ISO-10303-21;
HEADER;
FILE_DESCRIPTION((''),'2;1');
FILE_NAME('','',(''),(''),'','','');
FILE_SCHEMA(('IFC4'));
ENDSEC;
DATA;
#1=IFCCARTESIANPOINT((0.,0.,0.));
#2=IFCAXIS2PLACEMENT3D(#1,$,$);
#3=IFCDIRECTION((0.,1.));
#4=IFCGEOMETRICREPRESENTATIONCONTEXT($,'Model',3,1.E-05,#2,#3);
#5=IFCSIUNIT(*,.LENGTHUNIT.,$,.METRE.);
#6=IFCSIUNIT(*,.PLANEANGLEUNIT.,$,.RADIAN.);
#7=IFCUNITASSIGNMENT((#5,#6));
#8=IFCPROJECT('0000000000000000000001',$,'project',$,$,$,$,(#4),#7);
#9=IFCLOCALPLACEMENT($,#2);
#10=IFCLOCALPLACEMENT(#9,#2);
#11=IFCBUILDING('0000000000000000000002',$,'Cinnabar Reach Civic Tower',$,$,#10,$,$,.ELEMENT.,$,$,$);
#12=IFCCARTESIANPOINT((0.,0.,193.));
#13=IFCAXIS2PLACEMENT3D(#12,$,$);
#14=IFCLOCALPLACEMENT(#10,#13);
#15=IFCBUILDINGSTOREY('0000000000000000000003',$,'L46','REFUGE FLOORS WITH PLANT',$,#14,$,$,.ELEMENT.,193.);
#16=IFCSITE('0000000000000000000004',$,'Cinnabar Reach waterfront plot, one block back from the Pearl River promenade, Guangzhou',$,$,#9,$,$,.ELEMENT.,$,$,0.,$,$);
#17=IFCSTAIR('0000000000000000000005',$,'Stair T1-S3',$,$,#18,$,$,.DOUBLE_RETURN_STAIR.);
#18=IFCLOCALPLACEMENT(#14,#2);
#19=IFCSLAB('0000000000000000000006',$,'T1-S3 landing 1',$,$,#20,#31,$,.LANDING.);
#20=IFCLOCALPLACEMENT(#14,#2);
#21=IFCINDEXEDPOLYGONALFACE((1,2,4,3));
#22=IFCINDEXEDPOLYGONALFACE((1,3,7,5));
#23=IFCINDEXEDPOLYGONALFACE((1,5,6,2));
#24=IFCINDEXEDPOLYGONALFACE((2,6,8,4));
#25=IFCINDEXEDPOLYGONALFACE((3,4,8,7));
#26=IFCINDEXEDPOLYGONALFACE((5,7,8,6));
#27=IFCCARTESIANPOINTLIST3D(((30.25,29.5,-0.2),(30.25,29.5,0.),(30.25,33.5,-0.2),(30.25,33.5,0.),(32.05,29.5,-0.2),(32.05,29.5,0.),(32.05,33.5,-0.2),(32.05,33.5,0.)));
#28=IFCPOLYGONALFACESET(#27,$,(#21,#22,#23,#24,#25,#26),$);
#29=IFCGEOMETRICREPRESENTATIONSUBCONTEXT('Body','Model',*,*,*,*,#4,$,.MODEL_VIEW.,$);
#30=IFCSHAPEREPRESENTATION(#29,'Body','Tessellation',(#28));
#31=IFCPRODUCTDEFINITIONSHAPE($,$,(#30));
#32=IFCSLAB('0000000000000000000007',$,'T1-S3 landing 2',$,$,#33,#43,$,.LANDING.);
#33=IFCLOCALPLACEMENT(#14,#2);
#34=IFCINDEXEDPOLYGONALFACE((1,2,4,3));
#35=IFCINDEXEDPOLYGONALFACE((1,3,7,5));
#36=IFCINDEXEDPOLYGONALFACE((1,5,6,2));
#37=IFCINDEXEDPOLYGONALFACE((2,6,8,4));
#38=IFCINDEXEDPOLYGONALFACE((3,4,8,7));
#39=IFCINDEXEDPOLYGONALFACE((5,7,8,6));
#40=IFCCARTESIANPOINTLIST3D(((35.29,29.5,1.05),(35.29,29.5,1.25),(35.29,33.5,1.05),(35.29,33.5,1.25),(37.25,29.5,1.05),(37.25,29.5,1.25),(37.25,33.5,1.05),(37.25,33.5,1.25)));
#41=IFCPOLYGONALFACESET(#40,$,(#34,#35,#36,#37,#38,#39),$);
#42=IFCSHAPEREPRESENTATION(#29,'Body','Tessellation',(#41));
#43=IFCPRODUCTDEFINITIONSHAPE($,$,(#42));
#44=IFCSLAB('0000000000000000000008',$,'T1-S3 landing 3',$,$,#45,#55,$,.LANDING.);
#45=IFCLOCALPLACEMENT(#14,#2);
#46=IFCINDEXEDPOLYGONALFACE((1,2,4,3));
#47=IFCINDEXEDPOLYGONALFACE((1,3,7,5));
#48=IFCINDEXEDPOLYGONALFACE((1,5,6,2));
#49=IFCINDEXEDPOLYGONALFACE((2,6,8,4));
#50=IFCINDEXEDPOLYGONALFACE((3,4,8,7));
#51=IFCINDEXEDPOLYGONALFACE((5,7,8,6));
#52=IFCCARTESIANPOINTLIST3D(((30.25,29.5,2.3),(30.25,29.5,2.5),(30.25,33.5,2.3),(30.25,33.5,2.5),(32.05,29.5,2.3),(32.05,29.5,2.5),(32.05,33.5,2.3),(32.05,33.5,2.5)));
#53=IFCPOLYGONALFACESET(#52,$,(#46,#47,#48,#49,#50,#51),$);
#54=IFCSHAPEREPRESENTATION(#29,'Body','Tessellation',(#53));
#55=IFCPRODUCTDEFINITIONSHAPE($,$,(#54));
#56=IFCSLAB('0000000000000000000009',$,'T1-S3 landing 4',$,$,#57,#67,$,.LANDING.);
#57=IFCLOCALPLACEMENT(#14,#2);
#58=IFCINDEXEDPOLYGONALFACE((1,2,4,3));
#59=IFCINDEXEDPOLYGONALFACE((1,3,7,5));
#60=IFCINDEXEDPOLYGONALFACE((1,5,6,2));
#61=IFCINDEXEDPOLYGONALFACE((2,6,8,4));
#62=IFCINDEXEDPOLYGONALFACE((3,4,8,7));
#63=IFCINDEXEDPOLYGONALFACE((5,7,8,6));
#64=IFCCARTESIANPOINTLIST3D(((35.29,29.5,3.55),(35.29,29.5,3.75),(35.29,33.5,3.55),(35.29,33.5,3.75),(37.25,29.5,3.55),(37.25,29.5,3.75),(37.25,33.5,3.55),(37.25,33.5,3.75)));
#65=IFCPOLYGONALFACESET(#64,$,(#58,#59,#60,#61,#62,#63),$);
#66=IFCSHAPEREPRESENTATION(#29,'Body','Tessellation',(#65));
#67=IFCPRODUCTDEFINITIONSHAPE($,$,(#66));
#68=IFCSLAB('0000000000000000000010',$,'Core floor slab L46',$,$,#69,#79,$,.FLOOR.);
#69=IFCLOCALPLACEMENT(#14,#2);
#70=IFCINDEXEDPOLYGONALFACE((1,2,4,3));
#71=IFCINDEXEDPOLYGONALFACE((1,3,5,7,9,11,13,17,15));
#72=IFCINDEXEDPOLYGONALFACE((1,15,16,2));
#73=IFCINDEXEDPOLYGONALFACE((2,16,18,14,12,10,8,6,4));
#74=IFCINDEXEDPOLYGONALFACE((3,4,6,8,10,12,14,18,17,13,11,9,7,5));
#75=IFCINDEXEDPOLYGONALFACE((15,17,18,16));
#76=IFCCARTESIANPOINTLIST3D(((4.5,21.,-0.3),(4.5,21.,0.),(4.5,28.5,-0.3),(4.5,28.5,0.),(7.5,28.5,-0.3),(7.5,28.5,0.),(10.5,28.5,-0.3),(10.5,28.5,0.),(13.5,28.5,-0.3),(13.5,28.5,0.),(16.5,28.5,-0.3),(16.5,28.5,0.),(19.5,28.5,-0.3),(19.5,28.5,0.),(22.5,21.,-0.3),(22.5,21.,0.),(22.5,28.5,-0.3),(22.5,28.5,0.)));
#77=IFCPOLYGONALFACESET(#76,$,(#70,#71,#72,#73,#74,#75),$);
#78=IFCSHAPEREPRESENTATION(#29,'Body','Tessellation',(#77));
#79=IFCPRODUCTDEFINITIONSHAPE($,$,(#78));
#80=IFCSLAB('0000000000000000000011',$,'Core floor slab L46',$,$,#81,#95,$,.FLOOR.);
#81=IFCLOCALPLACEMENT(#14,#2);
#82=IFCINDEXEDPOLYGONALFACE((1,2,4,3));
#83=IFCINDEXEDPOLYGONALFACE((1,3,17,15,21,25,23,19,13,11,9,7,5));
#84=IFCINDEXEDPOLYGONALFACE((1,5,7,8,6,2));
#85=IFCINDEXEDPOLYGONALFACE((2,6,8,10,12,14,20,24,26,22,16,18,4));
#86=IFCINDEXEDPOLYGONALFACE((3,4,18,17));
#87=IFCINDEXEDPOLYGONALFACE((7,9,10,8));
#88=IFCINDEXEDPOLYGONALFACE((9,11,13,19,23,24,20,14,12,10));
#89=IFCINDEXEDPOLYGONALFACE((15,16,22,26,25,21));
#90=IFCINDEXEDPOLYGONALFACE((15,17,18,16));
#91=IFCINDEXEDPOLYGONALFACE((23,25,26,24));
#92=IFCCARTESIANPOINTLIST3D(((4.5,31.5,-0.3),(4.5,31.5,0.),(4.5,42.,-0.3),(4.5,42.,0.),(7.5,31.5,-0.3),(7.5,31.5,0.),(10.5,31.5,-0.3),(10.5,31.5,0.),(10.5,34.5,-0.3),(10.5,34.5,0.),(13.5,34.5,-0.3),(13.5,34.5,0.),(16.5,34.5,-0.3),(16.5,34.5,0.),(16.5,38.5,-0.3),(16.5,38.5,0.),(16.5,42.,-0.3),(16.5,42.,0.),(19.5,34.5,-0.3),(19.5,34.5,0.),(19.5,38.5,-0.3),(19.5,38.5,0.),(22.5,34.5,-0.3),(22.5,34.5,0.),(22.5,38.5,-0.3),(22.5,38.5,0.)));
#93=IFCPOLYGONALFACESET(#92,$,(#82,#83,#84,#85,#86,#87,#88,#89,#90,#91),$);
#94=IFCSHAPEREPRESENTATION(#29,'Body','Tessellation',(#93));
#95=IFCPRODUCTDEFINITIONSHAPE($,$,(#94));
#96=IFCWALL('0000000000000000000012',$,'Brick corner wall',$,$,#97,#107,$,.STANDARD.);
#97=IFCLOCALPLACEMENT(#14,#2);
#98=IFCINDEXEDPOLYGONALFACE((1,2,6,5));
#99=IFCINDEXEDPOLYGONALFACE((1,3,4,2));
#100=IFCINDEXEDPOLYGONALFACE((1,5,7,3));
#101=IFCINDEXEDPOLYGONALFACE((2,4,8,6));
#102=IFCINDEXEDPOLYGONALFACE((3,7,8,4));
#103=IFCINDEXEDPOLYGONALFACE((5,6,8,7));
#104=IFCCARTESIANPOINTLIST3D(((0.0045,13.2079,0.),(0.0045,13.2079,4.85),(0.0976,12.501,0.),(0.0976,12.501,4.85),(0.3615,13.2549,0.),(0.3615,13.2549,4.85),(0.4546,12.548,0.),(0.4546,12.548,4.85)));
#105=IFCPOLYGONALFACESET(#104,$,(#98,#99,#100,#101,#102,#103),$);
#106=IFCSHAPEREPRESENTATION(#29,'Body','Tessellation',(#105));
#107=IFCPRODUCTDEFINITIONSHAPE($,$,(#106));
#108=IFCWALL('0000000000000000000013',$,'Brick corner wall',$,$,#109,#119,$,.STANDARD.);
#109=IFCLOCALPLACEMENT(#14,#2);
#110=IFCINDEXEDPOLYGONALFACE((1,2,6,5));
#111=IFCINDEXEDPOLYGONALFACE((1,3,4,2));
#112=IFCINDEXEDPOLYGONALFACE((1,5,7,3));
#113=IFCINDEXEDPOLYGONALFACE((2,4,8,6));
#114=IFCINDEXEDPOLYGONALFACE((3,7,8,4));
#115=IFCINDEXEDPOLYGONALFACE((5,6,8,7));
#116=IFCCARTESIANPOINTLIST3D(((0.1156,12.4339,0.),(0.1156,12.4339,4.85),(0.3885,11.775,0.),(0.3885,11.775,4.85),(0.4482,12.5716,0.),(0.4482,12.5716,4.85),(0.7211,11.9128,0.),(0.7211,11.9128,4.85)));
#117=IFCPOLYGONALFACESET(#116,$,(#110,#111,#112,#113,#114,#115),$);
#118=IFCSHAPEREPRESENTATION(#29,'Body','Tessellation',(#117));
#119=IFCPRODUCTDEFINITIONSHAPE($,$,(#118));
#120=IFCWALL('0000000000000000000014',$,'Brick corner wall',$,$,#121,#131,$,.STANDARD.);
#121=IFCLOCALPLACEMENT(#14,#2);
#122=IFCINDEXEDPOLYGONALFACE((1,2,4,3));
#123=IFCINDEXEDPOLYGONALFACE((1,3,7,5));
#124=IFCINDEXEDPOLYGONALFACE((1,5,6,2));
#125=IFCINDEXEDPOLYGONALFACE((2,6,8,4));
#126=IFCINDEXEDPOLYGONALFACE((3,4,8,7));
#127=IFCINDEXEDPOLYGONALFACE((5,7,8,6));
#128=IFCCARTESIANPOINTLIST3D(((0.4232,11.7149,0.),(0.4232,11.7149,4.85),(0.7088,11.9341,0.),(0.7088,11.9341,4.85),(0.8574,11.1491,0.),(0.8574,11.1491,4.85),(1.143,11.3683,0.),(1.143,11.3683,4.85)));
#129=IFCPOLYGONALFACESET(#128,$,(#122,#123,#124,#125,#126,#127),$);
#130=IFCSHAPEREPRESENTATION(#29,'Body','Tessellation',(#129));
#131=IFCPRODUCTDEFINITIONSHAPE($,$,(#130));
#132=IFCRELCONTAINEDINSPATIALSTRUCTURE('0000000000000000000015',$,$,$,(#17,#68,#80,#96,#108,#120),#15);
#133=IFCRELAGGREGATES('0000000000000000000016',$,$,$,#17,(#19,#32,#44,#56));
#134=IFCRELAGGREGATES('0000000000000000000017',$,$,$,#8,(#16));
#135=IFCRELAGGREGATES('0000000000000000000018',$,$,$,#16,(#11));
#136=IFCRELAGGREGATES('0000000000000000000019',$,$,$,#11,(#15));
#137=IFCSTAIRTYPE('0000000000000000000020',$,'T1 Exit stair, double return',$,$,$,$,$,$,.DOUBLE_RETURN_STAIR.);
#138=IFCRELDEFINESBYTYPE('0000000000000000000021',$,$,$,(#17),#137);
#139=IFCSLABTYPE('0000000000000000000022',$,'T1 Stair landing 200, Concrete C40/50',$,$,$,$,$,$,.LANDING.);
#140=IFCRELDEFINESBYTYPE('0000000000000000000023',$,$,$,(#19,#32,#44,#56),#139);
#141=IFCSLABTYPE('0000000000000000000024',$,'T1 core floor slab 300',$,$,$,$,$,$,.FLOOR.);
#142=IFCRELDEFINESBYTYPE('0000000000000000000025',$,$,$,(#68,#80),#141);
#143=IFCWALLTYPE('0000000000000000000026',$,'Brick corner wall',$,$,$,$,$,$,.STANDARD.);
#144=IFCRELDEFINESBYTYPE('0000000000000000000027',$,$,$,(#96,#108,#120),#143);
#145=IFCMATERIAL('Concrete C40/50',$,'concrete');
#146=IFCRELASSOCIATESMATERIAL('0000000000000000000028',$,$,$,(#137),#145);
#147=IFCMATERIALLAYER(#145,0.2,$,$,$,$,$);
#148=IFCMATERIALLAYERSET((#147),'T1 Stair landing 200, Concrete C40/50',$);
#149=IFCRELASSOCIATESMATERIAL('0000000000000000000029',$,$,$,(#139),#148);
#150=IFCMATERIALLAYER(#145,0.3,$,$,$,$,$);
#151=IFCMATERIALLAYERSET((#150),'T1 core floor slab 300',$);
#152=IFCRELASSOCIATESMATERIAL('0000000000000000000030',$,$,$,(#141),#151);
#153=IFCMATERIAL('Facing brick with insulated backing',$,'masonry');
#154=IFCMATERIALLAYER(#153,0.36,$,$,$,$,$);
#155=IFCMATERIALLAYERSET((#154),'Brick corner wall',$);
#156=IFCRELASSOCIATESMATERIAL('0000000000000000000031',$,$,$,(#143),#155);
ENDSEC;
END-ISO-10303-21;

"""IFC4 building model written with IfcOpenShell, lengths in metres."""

from ifc_helpers import new_model, si_unit, direction, frame, frame_2d, origin, place, context, subcontext, project, spatial, polyline, rectangle, outline, extrude, material, layer, layer_set, type_object, element, aggregate, save


model = new_model("IFC4")

# Units and contexts
model_context = context("Model", 3, precision=1e-05, world=origin(), true_north=direction((0.0, 1.0)))
body_context = subcontext(model_context, "Body", "Model", "MODEL_VIEW")
ifc_project = project(units=[si_unit("LENGTHUNIT", "METRE"), si_unit("PLANEANGLEUNIT", "RADIAN")], contexts=[model_context])

# Site, building, storey
site_placement = place(None, origin())
site = spatial("IfcSite", under=ifc_project, at=site_placement, Name="Cinnabar Reach waterfront plot, one block back from the Pearl River promenade, Guangzhou", CompositionType="ELEMENT", RefElevation=0.0)
building_placement = place(site_placement, origin())
building = spatial("IfcBuilding", under=site, at=building_placement, Name="Cinnabar Reach Civic Tower", CompositionType="ELEMENT")
storey_placement = place(building_placement, frame((0.0, 0.0, 193.0)))
storey = spatial("IfcBuildingStorey", under=building, at=storey_placement, Name="L46", Description="REFUGE FLOORS WITH PLANT", CompositionType="ELEMENT", Elevation=193.0)

# Stair, slabs
ifc_material_1 = material(Name="Concrete C40/50", Category="concrete")
stair_type = type_object("IfcStairType", Name="T1 Exit stair, double return", PredefinedType="DOUBLE_RETURN_STAIR", material=ifc_material_1)
ifc_layer_1 = layer(ifc_material_1, 0.2)
ifc_layer_set_1 = layer_set([ifc_layer_1], Name="T1 Stair landing 200, Concrete C40/50")
slab_type_1 = type_object("IfcSlabType", Name="T1 Stair landing 200, Concrete C40/50", PredefinedType="LANDING", material=ifc_layer_set_1)
stair_1_placement = place(storey_placement, origin())
stair_1 = element("IfcStair", 1, at=stair_1_placement, inside=storey, type_object=stair_type, Name="Stair T1-S3", PredefinedType="DOUBLE_RETURN_STAIR")
slab_1_placement = place(storey_placement, frame((0.0, 0.0, -0.2)))
slab_1 = element("IfcSlab", 2, at=slab_1_placement, type_object=slab_type_1, Name="T1-S3 landing 1", PredefinedType="LANDING", context=body_context, shape_type="SweptSolid", body=[
    extrude(outline(polyline([(30.25, 29.5), (32.05, 29.5), (32.05, 33.5), (30.25, 33.5), (30.25, 29.5)])), origin(), (0.0, 0.0, 1.0), 0.2),
])
slab_2_placement = place(storey_placement, frame((0.0, 0.0, 1.05)))
slab_2 = element("IfcSlab", 3, at=slab_2_placement, type_object=slab_type_1, Name="T1-S3 landing 2", PredefinedType="LANDING", context=body_context, shape_type="SweptSolid", body=[
    extrude(outline(polyline([(35.29, 29.5), (37.25, 29.5), (37.25, 33.5), (35.29, 33.5), (35.29, 29.5)])), origin(), (0.0, 0.0, 1.0), 0.2),
])
slab_3_placement = place(storey_placement, frame((0.0, 0.0, 2.3)))
slab_3 = element("IfcSlab", 4, at=slab_3_placement, type_object=slab_type_1, Name="T1-S3 landing 3", PredefinedType="LANDING", context=body_context, shape_type="SweptSolid", body=[
    extrude(outline(polyline([(30.25, 29.5), (32.05, 29.5), (32.05, 33.5), (30.25, 33.5), (30.25, 29.5)])), origin(), (0.0, 0.0, 1.0), 0.2),
])
slab_4_placement = place(storey_placement, frame((0.0, 0.0, 3.55)))
slab_4 = element("IfcSlab", 5, at=slab_4_placement, type_object=slab_type_1, Name="T1-S3 landing 4", PredefinedType="LANDING", context=body_context, shape_type="SweptSolid", body=[
    extrude(outline(polyline([(35.29, 29.5), (37.25, 29.5), (37.25, 33.5), (35.29, 33.5), (35.29, 29.5)])), origin(), (0.0, 0.0, 1.0), 0.2),
])
aggregate(stair_1, [slab_1, slab_2, slab_3, slab_4])

# Slabs
ifc_layer_2 = layer(ifc_material_1, 0.3)
ifc_layer_set_2 = layer_set([ifc_layer_2], Name="T1 core floor slab 300")
slab_type_2 = type_object("IfcSlabType", Name="T1 core floor slab 300", PredefinedType="FLOOR", material=ifc_layer_set_2)
slab_5_placement = place(storey_placement, frame((0.0, 0.0, -0.3)))
element("IfcSlab", 6, at=slab_5_placement, inside=storey, type_object=slab_type_2, Name="Core floor slab L46", PredefinedType="FLOOR", context=body_context, shape_type="SweptSolid", body=[
    extrude(outline(polyline([(22.5, 21.0), (4.5, 21.0), (4.5, 28.5), (7.5, 28.5), (10.5, 28.5), (13.5, 28.5), (16.5, 28.5), (19.5, 28.5), (22.5, 28.5), (22.5, 21.0)])), origin(), (0.0, 0.0, 1.0), 0.3),
])
slab_6_placement = place(storey_placement, frame((0.0, 0.0, -0.3)))
element("IfcSlab", 7, at=slab_6_placement, inside=storey, type_object=slab_type_2, Name="Core floor slab L46", PredefinedType="FLOOR", context=body_context, shape_type="SweptSolid", body=[
    extrude(outline(polyline([(22.5, 34.5), (19.5, 34.5), (16.5, 34.5), (13.5, 34.5), (10.5, 34.5), (10.5, 31.5), (7.5, 31.5), (4.5, 31.5), (4.5, 42.0), (16.5, 42.0), (16.5, 38.5), (19.5, 38.5), (22.5, 38.5), (22.5, 34.5)])), origin(), (0.0, 0.0, 1.0), 0.3),
])

# Walls
ifc_material_2 = material(Name="Facing brick with insulated backing", Category="masonry")
ifc_layer_3 = layer(ifc_material_2, 0.36)
ifc_layer_set_3 = layer_set([ifc_layer_3], Name="Brick corner wall")
wall_type = type_object("IfcWallType", Name="Brick corner wall", PredefinedType="STANDARD", material=ifc_layer_set_3)
for number, where, z_axis, x_axis, name in (
    (8, (0.183, 13.2314, 0.0), (0.0, 0.0, 1.0), (0.130556, -0.991441, 0.0), "Brick corner wall"),
    (9, (0.2819, 12.5027, 0.0), (0.0, 0.0, 1.0), (0.382703, -0.923872, 0.0), "Brick corner wall"),
):
    element("IfcWall", number, at=place(storey_placement, frame(where, z_axis=z_axis, x_axis=x_axis)), inside=storey, type_object=wall_type, Name=name, PredefinedType="STANDARD", context=body_context, shape_type="SweptSolid", body=[
        extrude(rectangle(XDim=0.7131, YDim=0.36, at=frame_2d((0.3565, 0.0))), origin(), (0.0, 0.0, 1.0), 4.85),
    ])
wall_placement = place(storey_placement, frame((0.566, 11.8245, 0.0), z_axis=(0.0, 0.0, 1.0), x_axis=(0.608802, -0.793322, 0.0)))
element("IfcWall", 10, at=wall_placement, inside=storey, type_object=wall_type, Name="Brick corner wall", PredefinedType="STANDARD", context=body_context, shape_type="SweptSolid", body=[
    extrude(rectangle(XDim=0.7132, YDim=0.36, at=frame_2d((0.3566, 0.0))), origin(), (0.0, 0.0, 1.0), 4.85),
])

save(model, "model.ifc")
